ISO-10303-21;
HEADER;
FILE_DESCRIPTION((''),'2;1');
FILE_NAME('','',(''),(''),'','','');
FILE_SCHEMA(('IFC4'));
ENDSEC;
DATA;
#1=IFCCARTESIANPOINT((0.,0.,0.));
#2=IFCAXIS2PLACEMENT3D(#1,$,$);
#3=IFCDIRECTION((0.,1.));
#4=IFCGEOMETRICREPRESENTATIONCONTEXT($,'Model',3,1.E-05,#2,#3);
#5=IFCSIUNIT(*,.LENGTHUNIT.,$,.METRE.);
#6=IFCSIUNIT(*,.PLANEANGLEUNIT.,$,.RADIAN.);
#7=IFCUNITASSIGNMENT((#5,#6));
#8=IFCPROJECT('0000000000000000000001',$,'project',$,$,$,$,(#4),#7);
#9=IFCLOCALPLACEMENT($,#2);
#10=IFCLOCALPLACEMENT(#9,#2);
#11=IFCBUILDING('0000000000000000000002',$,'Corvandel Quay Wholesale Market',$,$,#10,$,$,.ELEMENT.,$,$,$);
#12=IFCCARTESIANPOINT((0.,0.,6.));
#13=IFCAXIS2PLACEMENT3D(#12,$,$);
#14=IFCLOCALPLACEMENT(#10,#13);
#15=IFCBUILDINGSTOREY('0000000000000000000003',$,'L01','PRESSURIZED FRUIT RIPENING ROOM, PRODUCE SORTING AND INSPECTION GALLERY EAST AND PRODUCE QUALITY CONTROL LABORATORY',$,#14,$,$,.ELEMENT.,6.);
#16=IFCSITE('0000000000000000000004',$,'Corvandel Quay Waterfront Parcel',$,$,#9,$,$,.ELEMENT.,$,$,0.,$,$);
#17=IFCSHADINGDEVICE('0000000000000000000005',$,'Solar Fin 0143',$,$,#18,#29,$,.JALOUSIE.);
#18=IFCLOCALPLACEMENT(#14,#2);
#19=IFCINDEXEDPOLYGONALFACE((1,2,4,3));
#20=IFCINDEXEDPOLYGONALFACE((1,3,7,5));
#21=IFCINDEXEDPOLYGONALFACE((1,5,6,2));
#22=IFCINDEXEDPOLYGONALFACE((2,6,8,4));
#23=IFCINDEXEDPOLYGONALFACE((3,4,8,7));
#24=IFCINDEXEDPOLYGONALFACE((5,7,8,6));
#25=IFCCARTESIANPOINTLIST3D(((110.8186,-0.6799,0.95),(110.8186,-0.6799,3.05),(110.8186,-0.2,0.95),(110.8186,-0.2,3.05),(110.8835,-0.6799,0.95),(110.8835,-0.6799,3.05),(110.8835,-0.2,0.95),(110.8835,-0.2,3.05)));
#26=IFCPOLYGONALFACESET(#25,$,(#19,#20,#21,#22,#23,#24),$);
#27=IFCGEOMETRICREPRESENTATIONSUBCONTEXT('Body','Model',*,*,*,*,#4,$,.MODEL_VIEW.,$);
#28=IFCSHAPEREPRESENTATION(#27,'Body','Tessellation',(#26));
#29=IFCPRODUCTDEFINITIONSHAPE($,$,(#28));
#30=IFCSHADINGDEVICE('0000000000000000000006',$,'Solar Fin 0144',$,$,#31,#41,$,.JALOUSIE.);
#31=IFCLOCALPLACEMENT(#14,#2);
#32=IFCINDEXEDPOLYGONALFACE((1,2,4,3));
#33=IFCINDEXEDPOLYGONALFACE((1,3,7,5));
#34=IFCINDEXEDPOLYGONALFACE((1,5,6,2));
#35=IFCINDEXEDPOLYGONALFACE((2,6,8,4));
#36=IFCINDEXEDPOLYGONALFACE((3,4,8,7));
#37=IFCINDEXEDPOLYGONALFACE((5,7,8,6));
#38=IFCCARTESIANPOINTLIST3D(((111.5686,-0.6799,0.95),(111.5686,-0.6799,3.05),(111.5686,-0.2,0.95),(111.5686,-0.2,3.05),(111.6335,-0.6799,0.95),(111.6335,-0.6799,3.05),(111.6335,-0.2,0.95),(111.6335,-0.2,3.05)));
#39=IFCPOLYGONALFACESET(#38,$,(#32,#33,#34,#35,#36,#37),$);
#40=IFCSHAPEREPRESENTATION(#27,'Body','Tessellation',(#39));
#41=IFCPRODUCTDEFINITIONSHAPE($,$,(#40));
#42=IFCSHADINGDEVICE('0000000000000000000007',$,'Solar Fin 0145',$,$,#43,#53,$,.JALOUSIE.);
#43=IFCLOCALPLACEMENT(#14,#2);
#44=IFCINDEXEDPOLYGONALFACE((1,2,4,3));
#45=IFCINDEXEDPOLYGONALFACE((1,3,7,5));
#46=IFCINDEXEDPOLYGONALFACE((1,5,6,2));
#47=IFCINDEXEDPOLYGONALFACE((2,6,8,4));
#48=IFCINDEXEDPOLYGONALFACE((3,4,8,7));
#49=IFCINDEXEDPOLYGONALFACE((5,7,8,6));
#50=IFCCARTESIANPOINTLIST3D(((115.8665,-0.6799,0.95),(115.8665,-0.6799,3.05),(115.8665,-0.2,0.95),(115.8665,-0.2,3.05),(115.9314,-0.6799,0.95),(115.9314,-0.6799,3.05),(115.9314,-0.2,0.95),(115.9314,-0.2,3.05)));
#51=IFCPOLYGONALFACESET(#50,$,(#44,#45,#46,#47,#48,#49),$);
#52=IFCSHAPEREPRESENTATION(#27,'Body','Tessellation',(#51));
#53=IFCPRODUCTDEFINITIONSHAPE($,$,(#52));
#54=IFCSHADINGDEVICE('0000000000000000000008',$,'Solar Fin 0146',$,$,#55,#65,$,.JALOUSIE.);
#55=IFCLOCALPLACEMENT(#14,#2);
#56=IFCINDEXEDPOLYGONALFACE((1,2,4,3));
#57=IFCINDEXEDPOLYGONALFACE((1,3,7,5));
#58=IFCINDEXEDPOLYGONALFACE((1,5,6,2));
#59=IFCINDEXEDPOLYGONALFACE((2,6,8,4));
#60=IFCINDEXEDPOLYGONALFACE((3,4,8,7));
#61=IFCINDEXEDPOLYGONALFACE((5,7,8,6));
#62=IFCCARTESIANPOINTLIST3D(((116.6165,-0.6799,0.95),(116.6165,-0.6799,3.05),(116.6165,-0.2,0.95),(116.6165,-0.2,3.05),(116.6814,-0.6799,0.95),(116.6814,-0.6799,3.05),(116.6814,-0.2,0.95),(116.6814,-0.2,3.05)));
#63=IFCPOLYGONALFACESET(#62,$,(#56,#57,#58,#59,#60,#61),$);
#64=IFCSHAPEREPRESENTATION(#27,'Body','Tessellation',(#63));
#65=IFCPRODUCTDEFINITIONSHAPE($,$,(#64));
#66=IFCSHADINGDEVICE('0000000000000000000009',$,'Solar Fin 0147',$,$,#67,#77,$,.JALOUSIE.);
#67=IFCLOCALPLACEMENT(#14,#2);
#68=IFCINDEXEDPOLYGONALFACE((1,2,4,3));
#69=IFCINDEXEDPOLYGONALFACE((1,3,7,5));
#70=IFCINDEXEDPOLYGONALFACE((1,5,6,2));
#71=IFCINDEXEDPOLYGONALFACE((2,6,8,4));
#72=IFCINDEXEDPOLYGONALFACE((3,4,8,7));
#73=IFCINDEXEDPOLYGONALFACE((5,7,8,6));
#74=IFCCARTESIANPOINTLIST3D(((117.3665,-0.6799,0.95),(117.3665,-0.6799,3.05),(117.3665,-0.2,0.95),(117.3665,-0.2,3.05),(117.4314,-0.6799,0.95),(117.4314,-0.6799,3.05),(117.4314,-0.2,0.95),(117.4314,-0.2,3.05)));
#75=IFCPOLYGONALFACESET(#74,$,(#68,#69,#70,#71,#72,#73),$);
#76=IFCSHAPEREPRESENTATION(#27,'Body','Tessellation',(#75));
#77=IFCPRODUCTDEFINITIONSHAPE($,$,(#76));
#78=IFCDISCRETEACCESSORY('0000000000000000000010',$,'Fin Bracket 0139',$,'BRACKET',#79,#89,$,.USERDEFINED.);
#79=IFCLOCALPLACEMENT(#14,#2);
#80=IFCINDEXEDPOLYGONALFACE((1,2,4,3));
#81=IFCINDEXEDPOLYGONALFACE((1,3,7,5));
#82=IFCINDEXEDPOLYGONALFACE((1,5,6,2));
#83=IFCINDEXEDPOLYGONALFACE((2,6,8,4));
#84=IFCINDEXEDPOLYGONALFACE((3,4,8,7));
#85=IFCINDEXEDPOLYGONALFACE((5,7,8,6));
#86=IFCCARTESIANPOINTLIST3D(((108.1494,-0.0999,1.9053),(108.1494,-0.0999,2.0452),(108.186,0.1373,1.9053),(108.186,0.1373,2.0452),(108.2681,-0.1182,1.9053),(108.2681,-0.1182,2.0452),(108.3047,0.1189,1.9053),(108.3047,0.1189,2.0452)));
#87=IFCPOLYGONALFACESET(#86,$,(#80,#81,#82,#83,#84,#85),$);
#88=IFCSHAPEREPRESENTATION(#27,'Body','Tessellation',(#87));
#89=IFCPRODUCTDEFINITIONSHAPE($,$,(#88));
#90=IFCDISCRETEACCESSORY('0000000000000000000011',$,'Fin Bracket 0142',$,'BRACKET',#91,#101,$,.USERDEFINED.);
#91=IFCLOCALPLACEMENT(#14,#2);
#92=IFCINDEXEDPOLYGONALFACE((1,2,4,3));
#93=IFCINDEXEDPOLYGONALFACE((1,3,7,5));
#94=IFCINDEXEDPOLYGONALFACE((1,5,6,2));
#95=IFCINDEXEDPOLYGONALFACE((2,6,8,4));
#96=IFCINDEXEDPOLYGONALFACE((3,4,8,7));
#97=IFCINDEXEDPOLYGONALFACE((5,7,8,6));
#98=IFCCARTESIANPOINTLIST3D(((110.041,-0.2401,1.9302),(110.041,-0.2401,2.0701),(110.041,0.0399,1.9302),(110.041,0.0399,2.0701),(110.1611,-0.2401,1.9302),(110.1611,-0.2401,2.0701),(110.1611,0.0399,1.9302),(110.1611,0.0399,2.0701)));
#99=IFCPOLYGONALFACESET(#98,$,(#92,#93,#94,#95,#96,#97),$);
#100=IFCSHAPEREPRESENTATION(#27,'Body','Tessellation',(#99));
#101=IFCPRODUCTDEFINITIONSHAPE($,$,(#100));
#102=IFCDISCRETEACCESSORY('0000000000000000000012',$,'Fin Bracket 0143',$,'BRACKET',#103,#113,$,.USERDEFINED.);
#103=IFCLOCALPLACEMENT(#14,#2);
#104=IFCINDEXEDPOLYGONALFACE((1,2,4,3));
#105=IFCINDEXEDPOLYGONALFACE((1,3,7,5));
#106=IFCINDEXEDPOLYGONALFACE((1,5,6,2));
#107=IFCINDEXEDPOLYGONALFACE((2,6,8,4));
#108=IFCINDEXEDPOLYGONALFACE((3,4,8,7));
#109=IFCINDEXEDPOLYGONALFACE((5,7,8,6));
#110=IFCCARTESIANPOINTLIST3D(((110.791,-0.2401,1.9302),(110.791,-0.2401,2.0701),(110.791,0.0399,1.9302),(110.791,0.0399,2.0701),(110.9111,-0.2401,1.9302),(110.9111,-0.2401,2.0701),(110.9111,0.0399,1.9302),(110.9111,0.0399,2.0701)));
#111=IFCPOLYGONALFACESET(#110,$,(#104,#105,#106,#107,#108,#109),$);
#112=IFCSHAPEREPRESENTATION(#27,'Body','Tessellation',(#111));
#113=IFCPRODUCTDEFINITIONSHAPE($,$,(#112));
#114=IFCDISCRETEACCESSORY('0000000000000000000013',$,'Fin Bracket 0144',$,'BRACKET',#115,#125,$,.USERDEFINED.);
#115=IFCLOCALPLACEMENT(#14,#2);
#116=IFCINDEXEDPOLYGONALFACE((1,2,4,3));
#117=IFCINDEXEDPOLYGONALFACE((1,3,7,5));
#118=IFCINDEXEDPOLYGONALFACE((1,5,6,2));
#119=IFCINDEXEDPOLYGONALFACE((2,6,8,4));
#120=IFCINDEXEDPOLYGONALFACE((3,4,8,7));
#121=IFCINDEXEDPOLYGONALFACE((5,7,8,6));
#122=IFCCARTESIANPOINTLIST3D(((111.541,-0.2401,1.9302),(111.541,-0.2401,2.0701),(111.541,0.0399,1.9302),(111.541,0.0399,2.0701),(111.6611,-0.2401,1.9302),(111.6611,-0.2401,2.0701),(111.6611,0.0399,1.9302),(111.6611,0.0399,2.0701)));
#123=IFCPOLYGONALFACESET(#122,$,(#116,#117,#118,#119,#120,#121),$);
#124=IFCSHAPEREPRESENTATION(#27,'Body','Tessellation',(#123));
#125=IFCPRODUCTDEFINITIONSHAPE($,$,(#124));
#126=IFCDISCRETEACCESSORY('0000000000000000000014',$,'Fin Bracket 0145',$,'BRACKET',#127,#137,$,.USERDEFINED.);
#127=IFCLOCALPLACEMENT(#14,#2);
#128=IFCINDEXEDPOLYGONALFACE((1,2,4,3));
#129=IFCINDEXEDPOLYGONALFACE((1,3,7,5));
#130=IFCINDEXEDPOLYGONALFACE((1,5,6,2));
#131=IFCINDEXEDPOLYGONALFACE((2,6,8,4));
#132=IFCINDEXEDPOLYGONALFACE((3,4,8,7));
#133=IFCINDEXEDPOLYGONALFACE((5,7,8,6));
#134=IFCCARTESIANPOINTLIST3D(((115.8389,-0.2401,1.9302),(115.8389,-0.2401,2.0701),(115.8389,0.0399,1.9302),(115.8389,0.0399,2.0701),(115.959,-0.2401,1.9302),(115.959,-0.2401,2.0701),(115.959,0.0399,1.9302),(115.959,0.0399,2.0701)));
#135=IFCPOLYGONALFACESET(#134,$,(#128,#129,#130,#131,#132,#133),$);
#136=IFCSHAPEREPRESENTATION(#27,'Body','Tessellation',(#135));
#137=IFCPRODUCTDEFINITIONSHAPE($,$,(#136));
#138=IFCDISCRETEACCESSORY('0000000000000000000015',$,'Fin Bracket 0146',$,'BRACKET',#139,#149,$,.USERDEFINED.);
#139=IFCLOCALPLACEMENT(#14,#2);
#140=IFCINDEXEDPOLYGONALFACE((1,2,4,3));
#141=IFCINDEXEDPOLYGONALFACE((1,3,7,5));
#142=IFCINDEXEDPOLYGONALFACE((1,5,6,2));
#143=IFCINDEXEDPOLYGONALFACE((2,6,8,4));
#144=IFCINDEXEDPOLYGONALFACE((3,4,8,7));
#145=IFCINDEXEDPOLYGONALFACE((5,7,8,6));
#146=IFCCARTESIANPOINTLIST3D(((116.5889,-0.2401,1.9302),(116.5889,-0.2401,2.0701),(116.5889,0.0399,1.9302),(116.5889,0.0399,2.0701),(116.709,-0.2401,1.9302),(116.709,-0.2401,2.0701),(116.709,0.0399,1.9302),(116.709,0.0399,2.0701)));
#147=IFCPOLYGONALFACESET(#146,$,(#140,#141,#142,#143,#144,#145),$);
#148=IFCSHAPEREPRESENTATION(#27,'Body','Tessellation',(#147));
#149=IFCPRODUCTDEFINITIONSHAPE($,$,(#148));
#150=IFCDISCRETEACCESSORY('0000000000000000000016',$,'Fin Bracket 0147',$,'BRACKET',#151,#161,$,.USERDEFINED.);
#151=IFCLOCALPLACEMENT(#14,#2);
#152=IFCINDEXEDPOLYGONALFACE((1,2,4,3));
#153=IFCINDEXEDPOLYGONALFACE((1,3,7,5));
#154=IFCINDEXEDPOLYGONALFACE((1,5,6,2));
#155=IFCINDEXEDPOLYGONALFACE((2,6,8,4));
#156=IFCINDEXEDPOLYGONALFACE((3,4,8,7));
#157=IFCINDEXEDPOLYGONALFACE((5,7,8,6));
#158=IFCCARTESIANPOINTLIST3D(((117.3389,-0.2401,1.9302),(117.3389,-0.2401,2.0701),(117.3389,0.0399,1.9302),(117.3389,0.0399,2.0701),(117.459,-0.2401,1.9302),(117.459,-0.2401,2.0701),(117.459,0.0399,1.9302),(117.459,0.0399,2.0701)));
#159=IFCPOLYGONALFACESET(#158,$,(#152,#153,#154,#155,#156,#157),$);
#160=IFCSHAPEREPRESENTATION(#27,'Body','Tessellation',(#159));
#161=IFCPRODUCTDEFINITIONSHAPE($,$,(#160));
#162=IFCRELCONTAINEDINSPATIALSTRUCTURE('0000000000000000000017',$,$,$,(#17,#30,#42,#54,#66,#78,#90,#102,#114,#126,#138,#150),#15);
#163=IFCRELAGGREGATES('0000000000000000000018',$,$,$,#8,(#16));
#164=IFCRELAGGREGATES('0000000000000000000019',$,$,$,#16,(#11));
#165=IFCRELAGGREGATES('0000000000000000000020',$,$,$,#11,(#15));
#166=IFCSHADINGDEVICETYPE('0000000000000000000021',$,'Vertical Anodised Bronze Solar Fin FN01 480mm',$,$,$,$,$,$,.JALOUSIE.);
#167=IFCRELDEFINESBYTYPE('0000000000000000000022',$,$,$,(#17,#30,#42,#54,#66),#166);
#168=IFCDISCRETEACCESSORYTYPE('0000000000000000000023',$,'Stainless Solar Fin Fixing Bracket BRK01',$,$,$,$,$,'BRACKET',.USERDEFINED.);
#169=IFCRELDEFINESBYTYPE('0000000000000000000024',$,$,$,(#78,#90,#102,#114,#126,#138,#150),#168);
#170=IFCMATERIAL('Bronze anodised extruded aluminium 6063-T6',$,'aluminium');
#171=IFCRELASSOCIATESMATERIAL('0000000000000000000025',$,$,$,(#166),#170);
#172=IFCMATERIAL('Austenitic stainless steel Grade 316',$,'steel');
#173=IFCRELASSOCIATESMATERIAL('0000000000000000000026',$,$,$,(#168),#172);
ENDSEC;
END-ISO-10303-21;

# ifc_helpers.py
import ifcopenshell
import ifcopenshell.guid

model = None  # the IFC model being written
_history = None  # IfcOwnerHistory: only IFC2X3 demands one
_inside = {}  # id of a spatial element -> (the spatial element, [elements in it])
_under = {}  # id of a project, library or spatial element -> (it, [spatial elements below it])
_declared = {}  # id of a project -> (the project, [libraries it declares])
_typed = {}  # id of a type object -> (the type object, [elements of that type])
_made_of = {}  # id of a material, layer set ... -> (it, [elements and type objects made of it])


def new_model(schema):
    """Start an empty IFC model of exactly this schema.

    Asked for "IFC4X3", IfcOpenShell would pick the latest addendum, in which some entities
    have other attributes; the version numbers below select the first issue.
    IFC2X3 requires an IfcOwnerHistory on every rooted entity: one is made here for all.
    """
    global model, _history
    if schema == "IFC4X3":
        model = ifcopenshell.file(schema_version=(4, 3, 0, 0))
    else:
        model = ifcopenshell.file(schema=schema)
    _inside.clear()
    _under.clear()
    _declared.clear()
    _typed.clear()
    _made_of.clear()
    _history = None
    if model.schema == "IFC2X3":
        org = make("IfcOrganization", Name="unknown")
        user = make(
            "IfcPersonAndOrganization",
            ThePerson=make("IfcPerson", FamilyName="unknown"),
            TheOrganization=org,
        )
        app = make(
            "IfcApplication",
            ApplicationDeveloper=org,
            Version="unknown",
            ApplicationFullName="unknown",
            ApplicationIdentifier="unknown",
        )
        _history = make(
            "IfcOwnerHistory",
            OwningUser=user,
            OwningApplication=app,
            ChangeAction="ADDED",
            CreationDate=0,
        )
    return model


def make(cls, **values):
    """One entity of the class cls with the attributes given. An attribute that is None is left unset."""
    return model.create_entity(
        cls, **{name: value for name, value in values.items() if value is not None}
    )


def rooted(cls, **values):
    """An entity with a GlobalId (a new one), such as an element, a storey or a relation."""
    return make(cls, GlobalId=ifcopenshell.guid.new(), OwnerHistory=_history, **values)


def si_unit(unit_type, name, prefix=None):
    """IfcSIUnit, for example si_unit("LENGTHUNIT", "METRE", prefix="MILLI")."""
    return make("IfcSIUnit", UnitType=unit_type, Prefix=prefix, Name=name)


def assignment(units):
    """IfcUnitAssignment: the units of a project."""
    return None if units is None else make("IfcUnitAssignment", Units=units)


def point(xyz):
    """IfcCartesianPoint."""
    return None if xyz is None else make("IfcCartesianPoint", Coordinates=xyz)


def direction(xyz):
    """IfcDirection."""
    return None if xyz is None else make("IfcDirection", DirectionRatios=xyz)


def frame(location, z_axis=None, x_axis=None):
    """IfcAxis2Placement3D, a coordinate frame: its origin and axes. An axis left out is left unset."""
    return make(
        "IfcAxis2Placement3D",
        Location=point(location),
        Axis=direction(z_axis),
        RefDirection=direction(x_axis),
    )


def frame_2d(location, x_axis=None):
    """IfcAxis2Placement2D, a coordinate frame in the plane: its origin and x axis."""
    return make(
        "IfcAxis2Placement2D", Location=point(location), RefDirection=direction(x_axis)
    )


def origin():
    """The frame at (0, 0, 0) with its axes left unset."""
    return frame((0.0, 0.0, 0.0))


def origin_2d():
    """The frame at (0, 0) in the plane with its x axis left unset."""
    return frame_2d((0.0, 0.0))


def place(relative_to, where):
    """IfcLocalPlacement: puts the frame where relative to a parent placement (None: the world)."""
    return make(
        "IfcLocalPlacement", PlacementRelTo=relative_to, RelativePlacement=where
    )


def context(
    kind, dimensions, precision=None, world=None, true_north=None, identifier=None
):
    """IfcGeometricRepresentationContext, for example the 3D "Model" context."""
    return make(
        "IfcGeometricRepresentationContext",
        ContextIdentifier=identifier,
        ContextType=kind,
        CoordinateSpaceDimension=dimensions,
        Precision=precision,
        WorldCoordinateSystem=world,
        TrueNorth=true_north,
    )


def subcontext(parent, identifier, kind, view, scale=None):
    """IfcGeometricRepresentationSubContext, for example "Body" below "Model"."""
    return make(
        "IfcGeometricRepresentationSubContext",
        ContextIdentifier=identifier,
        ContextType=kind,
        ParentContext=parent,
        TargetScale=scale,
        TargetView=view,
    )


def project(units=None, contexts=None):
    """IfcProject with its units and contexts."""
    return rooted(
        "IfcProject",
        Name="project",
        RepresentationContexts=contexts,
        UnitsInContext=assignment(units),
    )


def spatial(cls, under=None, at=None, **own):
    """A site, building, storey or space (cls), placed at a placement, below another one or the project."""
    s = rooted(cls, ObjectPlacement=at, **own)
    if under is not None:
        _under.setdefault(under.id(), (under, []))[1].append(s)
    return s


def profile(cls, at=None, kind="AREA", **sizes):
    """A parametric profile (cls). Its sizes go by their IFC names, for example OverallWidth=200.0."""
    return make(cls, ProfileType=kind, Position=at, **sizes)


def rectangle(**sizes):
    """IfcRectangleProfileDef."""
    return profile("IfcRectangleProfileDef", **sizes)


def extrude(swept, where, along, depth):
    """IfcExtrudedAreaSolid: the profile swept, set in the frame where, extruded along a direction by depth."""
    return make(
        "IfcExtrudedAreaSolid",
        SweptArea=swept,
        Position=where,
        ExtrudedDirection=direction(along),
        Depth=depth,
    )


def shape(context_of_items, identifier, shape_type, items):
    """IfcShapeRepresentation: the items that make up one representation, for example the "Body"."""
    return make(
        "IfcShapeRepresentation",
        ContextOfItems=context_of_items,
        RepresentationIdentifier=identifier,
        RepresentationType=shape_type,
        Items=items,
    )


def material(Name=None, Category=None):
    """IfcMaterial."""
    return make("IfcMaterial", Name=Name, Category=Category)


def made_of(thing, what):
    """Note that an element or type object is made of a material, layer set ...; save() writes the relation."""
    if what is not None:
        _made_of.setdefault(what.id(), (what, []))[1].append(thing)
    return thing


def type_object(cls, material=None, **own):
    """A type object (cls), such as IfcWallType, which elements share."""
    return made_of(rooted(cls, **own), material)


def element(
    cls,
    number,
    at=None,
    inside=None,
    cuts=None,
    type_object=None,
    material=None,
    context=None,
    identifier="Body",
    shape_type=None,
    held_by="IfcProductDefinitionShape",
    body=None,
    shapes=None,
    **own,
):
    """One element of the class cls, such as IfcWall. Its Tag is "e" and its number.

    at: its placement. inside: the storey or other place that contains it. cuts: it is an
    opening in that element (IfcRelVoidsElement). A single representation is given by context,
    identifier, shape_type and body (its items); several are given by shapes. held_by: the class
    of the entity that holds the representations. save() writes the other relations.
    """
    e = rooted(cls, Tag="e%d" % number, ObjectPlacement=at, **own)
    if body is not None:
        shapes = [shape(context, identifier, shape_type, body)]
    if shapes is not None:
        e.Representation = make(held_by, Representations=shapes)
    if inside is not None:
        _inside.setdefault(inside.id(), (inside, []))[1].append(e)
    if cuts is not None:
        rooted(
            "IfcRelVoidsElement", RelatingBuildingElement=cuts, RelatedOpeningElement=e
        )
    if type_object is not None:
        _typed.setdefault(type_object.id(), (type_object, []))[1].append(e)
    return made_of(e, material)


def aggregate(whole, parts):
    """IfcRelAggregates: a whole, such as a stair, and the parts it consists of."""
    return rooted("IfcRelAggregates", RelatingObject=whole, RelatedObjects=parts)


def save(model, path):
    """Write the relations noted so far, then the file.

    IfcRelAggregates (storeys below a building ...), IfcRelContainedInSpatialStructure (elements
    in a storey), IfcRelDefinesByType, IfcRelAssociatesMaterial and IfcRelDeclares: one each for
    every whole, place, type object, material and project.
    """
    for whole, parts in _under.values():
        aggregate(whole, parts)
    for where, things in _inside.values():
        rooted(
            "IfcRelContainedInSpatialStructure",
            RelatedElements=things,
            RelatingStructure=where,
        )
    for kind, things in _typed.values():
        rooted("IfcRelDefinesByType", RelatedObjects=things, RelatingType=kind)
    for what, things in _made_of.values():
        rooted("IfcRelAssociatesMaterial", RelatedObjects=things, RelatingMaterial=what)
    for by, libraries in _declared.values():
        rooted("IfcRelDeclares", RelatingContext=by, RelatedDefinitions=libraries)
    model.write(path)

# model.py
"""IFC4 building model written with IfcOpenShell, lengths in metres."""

from ifc_helpers import new_model, si_unit, direction, frame, origin, origin_2d, place, context, subcontext, project, spatial, rectangle, extrude, material, type_object, element, save


model = new_model("IFC4")

# Units and contexts
model_context = context("Model", 3, precision=1e-05, world=origin(), true_north=direction((0.0, 1.0)))
body_context = subcontext(model_context, "Body", "Model", "MODEL_VIEW")
ifc_project = project(units=[si_unit("LENGTHUNIT", "METRE"), si_unit("PLANEANGLEUNIT", "RADIAN")], contexts=[model_context])

# Site, building, storey
site_placement = place(None, origin())
site = spatial("IfcSite", under=ifc_project, at=site_placement, Name="Corvandel Quay Waterfront Parcel", CompositionType="ELEMENT", RefElevation=0.0)
building_placement = place(site_placement, origin())
building = spatial("IfcBuilding", under=site, at=building_placement, Name="Corvandel Quay Wholesale Market", CompositionType="ELEMENT")
storey_placement = place(building_placement, frame((0.0, 0.0, 6.0)))
storey = spatial("IfcBuildingStorey", under=building, at=storey_placement, Name="L01", Description="PRESSURIZED FRUIT RIPENING ROOM, PRODUCE SORTING AND INSPECTION GALLERY EAST AND PRODUCE QUALITY CONTROL LABORATORY", CompositionType="ELEMENT", Elevation=6.0)

# Shading devices
ifc_material_1 = material(Name="Bronze anodised extruded aluminium 6063-T6", Category="aluminium")
shading_device_type = type_object("IfcShadingDeviceType", Name="Vertical Anodised Bronze Solar Fin FN01 480mm", PredefinedType="JALOUSIE", material=ifc_material_1)
for number, where, z_axis, x_axis, name in (
    (1, (110.8511, -0.4399, 0.95), (0.0, 0.0, 1.0), (0.0, 1.0, 0.0), "Solar Fin 0143"),
    (2, (111.6011, -0.4399, 0.95), (0.0, 0.0, 1.0), (0.0, 1.0, 0.0), "Solar Fin 0144"),
    (3, (115.8989, -0.4399, 0.95), (0.0, 0.0, 1.0), (0.0, 1.0, 0.0), "Solar Fin 0145"),
    (4, (116.6489, -0.4399, 0.95), (0.0, 0.0, 1.0), (0.0, 1.0, 0.0), "Solar Fin 0146"),
    (5, (117.3989, -0.4399, 0.95), (0.0, 0.0, 1.0), (0.0, 1.0, 0.0), "Solar Fin 0147"),
):
    element("IfcShadingDevice", number, at=place(storey_placement, frame(where, z_axis=z_axis, x_axis=x_axis)), inside=storey, type_object=shading_device_type, Name=name, PredefinedType="JALOUSIE", context=body_context, shape_type="SweptSolid", body=[
        extrude(rectangle(XDim=0.48, YDim=0.0649, at=origin_2d()), origin(), (0.0, 0.0, 1.0), 2.1001),
    ])

# Discrete accessories
ifc_material_2 = material(Name="Austenitic stainless steel Grade 316", Category="steel")
discrete_accessory_type = type_object("IfcDiscreteAccessoryType", Name="Stainless Solar Fin Fixing Bracket BRK01", ElementType="BRACKET", PredefinedType="USERDEFINED", material=ifc_material_2)
discrete_accessory_placement = place(storey_placement, frame((108.2271, 0.0095, 1.9053), z_axis=(0.0, 0.0, 1.0), x_axis=(0.152813, 0.988255, 0.0)))
element("IfcDiscreteAccessory", 6, at=discrete_accessory_placement, inside=storey, type_object=discrete_accessory_type, Name="Fin Bracket 0139", ObjectType="BRACKET", PredefinedType="USERDEFINED", context=body_context, shape_type="SweptSolid", body=[
    extrude(rectangle(XDim=0.24, YDim=0.1201, at=origin_2d()), origin(), (0.0, 0.0, 1.0), 0.1399),
])
for number, where, z_axis, x_axis, name in (
    (7, (110.1011, -0.1001, 1.9302), (0.0, 0.0, 1.0), (0.0, 1.0, 0.0), "Fin Bracket 0142"),
    (8, (110.8511, -0.1001, 1.9302), (0.0, 0.0, 1.0), (0.0, 1.0, 0.0), "Fin Bracket 0143"),
    (9, (111.6011, -0.1001, 1.9302), (0.0, 0.0, 1.0), (0.0, 1.0, 0.0), "Fin Bracket 0144"),
    (10, (115.8989, -0.1001, 1.9302), (0.0, 0.0, 1.0), (0.0, 1.0, 0.0), "Fin Bracket 0145"),
    (11, (116.6489, -0.1001, 1.9302), (0.0, 0.0, 1.0), (0.0, 1.0, 0.0), "Fin Bracket 0146"),
    (12, (117.3989, -0.1001, 1.9302), (0.0, 0.0, 1.0), (0.0, 1.0, 0.0), "Fin Bracket 0147"),
):
    element("IfcDiscreteAccessory", number, at=place(storey_placement, frame(where, z_axis=z_axis, x_axis=x_axis)), inside=storey, type_object=discrete_accessory_type, Name=name, ObjectType="BRACKET", PredefinedType="USERDEFINED", context=body_context, shape_type="SweptSolid", body=[
        extrude(rectangle(XDim=0.28, YDim=0.1201, at=origin_2d()), origin(), (0.0, 0.0, 1.0), 0.1399),
    ])

save(model, "model.ifc")
